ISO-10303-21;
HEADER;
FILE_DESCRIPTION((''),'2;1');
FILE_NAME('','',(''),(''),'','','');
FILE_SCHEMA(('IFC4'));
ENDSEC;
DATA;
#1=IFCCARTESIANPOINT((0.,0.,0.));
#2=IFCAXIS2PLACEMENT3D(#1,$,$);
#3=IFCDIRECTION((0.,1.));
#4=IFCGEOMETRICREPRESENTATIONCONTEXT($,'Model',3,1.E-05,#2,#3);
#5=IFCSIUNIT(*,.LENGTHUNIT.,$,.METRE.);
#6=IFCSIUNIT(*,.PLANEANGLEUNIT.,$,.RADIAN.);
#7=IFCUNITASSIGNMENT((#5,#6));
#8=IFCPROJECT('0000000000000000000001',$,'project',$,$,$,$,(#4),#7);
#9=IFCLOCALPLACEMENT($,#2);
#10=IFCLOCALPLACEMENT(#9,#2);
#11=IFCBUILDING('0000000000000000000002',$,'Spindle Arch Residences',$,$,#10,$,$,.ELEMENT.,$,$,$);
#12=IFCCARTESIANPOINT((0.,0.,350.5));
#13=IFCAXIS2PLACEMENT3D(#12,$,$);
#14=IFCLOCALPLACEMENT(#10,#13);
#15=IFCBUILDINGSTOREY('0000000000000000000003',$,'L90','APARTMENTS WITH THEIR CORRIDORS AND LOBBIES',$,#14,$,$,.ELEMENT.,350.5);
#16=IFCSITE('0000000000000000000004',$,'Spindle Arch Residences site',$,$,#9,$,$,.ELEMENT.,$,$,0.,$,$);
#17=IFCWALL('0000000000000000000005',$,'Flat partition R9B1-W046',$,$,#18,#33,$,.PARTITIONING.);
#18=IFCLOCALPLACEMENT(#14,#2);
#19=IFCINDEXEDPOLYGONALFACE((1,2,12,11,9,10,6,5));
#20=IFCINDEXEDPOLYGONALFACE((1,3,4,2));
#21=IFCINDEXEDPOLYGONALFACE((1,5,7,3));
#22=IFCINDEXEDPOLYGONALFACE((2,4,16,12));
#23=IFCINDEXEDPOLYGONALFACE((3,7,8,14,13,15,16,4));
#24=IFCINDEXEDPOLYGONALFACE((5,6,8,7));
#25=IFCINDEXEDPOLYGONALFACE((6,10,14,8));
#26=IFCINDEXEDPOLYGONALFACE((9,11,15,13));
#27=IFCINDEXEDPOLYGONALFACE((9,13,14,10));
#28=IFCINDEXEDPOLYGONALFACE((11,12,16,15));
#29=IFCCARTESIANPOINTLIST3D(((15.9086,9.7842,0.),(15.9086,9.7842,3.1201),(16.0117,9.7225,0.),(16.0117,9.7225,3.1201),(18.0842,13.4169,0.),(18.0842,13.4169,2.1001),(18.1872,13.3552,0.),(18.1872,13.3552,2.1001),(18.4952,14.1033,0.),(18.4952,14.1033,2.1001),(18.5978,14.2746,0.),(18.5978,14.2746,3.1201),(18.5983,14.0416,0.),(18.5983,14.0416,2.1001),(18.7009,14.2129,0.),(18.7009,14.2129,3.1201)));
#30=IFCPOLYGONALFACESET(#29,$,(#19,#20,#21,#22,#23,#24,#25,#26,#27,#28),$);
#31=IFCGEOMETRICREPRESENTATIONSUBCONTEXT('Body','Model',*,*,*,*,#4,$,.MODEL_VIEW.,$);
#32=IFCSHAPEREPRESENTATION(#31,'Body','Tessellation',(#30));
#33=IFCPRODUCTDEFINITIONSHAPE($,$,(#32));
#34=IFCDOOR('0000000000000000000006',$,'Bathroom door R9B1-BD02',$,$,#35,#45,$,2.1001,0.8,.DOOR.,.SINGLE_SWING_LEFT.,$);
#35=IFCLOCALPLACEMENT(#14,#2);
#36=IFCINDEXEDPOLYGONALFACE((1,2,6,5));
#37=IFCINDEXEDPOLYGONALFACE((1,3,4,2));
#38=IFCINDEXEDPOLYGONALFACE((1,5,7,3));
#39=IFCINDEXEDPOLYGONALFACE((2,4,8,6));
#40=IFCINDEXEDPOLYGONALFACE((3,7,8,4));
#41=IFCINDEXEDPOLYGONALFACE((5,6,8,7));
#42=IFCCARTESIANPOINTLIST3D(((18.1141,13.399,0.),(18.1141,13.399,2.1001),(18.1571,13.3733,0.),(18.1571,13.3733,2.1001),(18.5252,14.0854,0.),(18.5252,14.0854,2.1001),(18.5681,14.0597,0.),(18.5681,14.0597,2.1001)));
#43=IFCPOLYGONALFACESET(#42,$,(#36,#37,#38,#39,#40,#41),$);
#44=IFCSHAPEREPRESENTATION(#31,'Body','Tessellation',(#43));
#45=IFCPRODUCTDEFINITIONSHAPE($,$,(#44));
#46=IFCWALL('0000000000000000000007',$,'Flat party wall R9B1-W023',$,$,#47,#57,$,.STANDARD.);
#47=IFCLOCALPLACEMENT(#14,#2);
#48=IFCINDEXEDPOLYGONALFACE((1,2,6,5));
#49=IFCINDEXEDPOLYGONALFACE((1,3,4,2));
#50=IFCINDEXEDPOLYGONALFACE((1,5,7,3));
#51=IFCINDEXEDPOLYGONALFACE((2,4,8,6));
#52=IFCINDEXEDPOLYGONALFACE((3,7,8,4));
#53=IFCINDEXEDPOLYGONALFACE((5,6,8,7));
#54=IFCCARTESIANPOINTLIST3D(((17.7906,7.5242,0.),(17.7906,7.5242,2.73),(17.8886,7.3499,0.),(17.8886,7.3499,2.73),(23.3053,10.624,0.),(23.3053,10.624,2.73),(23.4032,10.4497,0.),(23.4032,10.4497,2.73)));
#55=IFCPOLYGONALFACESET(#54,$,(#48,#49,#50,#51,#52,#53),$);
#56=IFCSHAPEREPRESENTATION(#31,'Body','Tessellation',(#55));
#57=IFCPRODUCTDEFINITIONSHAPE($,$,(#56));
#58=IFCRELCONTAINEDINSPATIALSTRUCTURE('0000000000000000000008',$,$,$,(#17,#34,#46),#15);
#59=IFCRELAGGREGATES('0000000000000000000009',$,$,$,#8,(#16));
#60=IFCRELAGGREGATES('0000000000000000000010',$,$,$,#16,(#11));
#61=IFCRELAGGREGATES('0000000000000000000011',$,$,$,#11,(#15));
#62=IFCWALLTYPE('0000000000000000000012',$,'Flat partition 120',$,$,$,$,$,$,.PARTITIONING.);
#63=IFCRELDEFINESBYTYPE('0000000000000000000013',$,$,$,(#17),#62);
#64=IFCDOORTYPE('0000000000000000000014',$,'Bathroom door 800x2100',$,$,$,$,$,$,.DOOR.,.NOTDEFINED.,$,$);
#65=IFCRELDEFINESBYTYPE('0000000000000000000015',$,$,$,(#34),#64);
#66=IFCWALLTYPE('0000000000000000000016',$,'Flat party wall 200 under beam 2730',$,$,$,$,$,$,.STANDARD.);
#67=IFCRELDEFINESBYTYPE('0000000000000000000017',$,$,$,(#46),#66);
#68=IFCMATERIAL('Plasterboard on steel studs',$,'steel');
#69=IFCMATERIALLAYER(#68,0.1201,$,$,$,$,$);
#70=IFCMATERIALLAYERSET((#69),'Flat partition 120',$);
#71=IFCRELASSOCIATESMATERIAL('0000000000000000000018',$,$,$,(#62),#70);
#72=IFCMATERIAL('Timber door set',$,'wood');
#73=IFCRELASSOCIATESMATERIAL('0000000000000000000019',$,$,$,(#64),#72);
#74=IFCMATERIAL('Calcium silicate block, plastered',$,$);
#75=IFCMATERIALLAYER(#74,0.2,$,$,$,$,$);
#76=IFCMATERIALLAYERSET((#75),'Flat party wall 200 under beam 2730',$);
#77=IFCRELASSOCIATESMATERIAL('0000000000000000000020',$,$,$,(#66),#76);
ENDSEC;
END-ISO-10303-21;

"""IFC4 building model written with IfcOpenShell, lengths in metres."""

from ifc_helpers import new_model, si_unit, direction, frame, frame_2d, origin, place, context, subcontext, project, spatial, rectangle, extrude, material, layer, layer_set, type_object, element, fill, save


model = new_model("IFC4")

# Units and contexts
model_context = context("Model", 3, precision=1e-05, world=origin(), true_north=direction((0.0, 1.0)))
body_context = subcontext(model_context, "Body", "Model", "MODEL_VIEW")
ifc_project = project(units=[si_unit("LENGTHUNIT", "METRE"), si_unit("PLANEANGLEUNIT", "RADIAN")], contexts=[model_context])

# Site, building, storey
site_placement = place(None, origin())
site = spatial("IfcSite", under=ifc_project, at=site_placement, Name="Spindle Arch Residences site", CompositionType="ELEMENT", RefElevation=0.0)
building_placement = place(site_placement, origin())
building = spatial("IfcBuilding", under=site, at=building_placement, Name="Spindle Arch Residences", CompositionType="ELEMENT")
storey_placement = place(building_placement, frame((0.0, 0.0, 350.5)))
storey = spatial("IfcBuildingStorey", under=building, at=storey_placement, Name="L90", Description="APARTMENTS WITH THEIR CORRIDORS AND LOBBIES", CompositionType="ELEMENT", Elevation=350.5)

# Shared definitions
ifc_material_1 = material(Name="Plasterboard on steel studs", Category="steel")
ifc_layer_1 = layer(ifc_material_1, 0.1201)
ifc_layer_set_1 = layer_set([ifc_layer_1], Name="Flat partition 120")
wall_type_1 = type_object("IfcWallType", Name="Flat partition 120", PredefinedType="PARTITIONING", material=ifc_layer_set_1)
ifc_material_2 = material(Name="Timber door set", Category="wood")
door_type_1 = type_object("IfcDoorType", Name="Bathroom door 800x2100", OperationType="NOTDEFINED", PredefinedType="DOOR", material=ifc_material_2)

# Wall, opening, door
wall_1_placement = place(storey_placement, frame((18.6494, 14.2439, 0.0), z_axis=(0.0, 0.0, 1.0), x_axis=(-0.513782, -0.857921, 0.0)))
wall_1 = element("IfcWall", 1, at=wall_1_placement, inside=storey, type_object=wall_type_1, Name="Flat partition R9B1-W046", PredefinedType="PARTITIONING", context=body_context, shape_type="SweptSolid", body=[
    extrude(rectangle(XDim=5.2341, YDim=0.1201, at=frame_2d((2.6172, 0.0))), origin(), (0.0, 0.0, 1.0), 3.1201),
])
opening_1_placement = place(wall_1_placement, frame((0.2, 0.0, 0.0)))
opening_1 = element("IfcOpeningElement", 2, at=opening_1_placement, cuts=wall_1, PredefinedType="OPENING", context=body_context, shape_type="SweptSolid", body=[
    extrude(rectangle(XDim=0.8, YDim=2.1001, at=frame_2d((0.3999, 1.05))), frame((0.0, 0.0701, 0.0), z_axis=(0.0, -1.0, 0.0), x_axis=(1.0, 0.0, 0.0)), (0.0, 0.0, 1.0), 0.1401),
])
door_1_placement = place(opening_1_placement, origin())
door_1 = element("IfcDoor", 3, at=door_1_placement, inside=storey, type_object=door_type_1, Name="Bathroom door R9B1-BD02", OperationType="SINGLE_SWING_LEFT", OverallHeight=2.1001, OverallWidth=0.8, PredefinedType="DOOR", context=body_context, shape_type="SweptSolid", body=[
    extrude(rectangle(XDim=0.8, YDim=2.1001, at=frame_2d((0.3999, 1.05))), frame((0.0, 0.0249, 0.0), z_axis=(0.0, -1.0, 0.0), x_axis=(1.0, 0.0, 0.0)), (0.0, 0.0, 1.0), 0.05),
])
fill(opening_1, door_1)

# Wall
ifc_material_3 = material(Name="Calcium silicate block, plastered")
ifc_layer_2 = layer(ifc_material_3, 0.2)
ifc_layer_set_2 = layer_set([ifc_layer_2], Name="Flat party wall 200 under beam 2730")
wall_type_2 = type_object("IfcWallType", Name="Flat party wall 200 under beam 2730", PredefinedType="STANDARD", material=ifc_layer_set_2)
wall_2_placement = place(storey_placement, frame((23.3542, 10.5369, 0.0), z_axis=(0.0, 0.0, 1.0), x_axis=(-0.87172, -0.490005, 0.0)))
element("IfcWall", 4, at=wall_2_placement, inside=storey, type_object=wall_type_2, Name="Flat party wall R9B1-W023", PredefinedType="STANDARD", context=body_context, shape_type="SweptSolid", body=[
    extrude(rectangle(XDim=6.3262, YDim=0.2, at=frame_2d((3.1631, 0.0))), origin(), (0.0, 0.0, 1.0), 2.73),
])

save(model, "model.ifc")
